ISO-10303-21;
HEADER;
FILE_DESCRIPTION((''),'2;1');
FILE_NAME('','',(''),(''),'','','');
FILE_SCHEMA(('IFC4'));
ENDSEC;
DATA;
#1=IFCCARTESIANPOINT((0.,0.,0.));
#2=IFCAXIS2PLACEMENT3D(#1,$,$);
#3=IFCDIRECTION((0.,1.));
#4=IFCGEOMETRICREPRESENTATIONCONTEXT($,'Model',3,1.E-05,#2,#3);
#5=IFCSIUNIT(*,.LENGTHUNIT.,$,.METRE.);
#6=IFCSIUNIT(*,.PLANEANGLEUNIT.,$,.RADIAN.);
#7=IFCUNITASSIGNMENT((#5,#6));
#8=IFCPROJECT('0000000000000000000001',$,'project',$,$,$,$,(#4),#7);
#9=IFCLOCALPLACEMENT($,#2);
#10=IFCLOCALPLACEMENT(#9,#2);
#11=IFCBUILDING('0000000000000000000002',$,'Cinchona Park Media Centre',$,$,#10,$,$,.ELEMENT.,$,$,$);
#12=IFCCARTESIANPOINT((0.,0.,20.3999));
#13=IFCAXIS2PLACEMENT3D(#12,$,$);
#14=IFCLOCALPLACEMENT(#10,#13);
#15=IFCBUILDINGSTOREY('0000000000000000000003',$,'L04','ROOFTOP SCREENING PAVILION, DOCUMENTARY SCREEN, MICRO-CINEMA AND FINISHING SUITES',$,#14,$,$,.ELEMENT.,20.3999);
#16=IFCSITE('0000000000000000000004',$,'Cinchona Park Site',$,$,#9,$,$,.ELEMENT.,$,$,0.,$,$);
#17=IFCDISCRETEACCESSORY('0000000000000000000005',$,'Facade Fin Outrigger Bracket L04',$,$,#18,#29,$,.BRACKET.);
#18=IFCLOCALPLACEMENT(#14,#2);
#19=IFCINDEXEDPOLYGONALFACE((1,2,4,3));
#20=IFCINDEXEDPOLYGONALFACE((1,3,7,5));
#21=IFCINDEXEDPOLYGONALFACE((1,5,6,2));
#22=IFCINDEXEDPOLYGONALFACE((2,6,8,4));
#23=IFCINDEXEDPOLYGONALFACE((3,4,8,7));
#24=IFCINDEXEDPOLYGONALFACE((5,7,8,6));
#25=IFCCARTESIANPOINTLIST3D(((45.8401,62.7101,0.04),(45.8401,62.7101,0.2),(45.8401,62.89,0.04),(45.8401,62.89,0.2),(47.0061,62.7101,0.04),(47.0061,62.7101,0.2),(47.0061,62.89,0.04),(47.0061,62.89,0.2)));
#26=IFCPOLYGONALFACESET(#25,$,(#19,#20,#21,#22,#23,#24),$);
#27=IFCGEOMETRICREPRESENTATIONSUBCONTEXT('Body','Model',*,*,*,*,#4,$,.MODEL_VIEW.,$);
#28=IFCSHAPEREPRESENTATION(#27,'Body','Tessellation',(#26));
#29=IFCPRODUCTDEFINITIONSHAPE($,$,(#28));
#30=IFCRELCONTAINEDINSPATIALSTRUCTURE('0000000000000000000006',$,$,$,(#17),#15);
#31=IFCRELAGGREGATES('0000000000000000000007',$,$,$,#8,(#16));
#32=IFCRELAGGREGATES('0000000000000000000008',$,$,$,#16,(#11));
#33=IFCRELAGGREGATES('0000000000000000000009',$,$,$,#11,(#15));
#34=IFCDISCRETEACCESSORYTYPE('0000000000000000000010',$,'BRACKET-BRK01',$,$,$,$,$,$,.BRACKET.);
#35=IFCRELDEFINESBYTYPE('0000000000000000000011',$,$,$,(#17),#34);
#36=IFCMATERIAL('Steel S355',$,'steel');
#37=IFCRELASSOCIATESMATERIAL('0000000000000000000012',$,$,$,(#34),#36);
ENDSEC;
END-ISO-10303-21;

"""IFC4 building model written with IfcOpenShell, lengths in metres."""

from ifc_helpers import new_model, si_unit, direction, frame, origin, origin_2d, place, context, subcontext, project, spatial, rectangle, extrude, material, type_object, element, save


model = new_model("IFC4")

# Units and contexts
model_context = context("Model", 3, precision=1e-05, world=origin(), true_north=direction((0.0, 1.0)))
body_context = subcontext(model_context, "Body", "Model", "MODEL_VIEW")
ifc_project = project(units=[si_unit("LENGTHUNIT", "METRE"), si_unit("PLANEANGLEUNIT", "RADIAN")], contexts=[model_context])

# Site, building, storey
site_placement = place(None, origin())
site = spatial("IfcSite", under=ifc_project, at=site_placement, Name="Cinchona Park Site", CompositionType="ELEMENT", RefElevation=0.0)
building_placement = place(site_placement, origin())
building = spatial("IfcBuilding", under=site, at=building_placement, Name="Cinchona Park Media Centre", CompositionType="ELEMENT")
storey_placement = place(building_placement, frame((0.0, 0.0, 20.3999)))
storey = spatial("IfcBuildingStorey", under=building, at=storey_placement, Name="L04", Description="ROOFTOP SCREENING PAVILION, DOCUMENTARY SCREEN, MICRO-CINEMA AND FINISHING SUITES", CompositionType="ELEMENT", Elevation=20.3999)

# Discrete accessory
ifc_material_1 = material(Name="Steel S355", Category="steel")
discrete_accessory_type = type_object("IfcDiscreteAccessoryType", Name="BRACKET-BRK01", PredefinedType="BRACKET", material=ifc_material_1)
discrete_accessory_placement = place(storey_placement, frame((46.4231, 62.8, 0.04), z_axis=(0.0, 0.0, 1.0), x_axis=(0.0, 1.0, 0.0)))
element("IfcDiscreteAccessory", 1, at=discrete_accessory_placement, inside=storey, type_object=discrete_accessory_type, Name="Facade Fin Outrigger Bracket L04", PredefinedType="BRACKET", context=body_context, shape_type="SweptSolid", body=[
    extrude(rectangle(XDim=0.1799, YDim=1.166, at=origin_2d()), origin(), (0.0, 0.0, 1.0), 0.1599),
])

save(model, "model.ifc")
